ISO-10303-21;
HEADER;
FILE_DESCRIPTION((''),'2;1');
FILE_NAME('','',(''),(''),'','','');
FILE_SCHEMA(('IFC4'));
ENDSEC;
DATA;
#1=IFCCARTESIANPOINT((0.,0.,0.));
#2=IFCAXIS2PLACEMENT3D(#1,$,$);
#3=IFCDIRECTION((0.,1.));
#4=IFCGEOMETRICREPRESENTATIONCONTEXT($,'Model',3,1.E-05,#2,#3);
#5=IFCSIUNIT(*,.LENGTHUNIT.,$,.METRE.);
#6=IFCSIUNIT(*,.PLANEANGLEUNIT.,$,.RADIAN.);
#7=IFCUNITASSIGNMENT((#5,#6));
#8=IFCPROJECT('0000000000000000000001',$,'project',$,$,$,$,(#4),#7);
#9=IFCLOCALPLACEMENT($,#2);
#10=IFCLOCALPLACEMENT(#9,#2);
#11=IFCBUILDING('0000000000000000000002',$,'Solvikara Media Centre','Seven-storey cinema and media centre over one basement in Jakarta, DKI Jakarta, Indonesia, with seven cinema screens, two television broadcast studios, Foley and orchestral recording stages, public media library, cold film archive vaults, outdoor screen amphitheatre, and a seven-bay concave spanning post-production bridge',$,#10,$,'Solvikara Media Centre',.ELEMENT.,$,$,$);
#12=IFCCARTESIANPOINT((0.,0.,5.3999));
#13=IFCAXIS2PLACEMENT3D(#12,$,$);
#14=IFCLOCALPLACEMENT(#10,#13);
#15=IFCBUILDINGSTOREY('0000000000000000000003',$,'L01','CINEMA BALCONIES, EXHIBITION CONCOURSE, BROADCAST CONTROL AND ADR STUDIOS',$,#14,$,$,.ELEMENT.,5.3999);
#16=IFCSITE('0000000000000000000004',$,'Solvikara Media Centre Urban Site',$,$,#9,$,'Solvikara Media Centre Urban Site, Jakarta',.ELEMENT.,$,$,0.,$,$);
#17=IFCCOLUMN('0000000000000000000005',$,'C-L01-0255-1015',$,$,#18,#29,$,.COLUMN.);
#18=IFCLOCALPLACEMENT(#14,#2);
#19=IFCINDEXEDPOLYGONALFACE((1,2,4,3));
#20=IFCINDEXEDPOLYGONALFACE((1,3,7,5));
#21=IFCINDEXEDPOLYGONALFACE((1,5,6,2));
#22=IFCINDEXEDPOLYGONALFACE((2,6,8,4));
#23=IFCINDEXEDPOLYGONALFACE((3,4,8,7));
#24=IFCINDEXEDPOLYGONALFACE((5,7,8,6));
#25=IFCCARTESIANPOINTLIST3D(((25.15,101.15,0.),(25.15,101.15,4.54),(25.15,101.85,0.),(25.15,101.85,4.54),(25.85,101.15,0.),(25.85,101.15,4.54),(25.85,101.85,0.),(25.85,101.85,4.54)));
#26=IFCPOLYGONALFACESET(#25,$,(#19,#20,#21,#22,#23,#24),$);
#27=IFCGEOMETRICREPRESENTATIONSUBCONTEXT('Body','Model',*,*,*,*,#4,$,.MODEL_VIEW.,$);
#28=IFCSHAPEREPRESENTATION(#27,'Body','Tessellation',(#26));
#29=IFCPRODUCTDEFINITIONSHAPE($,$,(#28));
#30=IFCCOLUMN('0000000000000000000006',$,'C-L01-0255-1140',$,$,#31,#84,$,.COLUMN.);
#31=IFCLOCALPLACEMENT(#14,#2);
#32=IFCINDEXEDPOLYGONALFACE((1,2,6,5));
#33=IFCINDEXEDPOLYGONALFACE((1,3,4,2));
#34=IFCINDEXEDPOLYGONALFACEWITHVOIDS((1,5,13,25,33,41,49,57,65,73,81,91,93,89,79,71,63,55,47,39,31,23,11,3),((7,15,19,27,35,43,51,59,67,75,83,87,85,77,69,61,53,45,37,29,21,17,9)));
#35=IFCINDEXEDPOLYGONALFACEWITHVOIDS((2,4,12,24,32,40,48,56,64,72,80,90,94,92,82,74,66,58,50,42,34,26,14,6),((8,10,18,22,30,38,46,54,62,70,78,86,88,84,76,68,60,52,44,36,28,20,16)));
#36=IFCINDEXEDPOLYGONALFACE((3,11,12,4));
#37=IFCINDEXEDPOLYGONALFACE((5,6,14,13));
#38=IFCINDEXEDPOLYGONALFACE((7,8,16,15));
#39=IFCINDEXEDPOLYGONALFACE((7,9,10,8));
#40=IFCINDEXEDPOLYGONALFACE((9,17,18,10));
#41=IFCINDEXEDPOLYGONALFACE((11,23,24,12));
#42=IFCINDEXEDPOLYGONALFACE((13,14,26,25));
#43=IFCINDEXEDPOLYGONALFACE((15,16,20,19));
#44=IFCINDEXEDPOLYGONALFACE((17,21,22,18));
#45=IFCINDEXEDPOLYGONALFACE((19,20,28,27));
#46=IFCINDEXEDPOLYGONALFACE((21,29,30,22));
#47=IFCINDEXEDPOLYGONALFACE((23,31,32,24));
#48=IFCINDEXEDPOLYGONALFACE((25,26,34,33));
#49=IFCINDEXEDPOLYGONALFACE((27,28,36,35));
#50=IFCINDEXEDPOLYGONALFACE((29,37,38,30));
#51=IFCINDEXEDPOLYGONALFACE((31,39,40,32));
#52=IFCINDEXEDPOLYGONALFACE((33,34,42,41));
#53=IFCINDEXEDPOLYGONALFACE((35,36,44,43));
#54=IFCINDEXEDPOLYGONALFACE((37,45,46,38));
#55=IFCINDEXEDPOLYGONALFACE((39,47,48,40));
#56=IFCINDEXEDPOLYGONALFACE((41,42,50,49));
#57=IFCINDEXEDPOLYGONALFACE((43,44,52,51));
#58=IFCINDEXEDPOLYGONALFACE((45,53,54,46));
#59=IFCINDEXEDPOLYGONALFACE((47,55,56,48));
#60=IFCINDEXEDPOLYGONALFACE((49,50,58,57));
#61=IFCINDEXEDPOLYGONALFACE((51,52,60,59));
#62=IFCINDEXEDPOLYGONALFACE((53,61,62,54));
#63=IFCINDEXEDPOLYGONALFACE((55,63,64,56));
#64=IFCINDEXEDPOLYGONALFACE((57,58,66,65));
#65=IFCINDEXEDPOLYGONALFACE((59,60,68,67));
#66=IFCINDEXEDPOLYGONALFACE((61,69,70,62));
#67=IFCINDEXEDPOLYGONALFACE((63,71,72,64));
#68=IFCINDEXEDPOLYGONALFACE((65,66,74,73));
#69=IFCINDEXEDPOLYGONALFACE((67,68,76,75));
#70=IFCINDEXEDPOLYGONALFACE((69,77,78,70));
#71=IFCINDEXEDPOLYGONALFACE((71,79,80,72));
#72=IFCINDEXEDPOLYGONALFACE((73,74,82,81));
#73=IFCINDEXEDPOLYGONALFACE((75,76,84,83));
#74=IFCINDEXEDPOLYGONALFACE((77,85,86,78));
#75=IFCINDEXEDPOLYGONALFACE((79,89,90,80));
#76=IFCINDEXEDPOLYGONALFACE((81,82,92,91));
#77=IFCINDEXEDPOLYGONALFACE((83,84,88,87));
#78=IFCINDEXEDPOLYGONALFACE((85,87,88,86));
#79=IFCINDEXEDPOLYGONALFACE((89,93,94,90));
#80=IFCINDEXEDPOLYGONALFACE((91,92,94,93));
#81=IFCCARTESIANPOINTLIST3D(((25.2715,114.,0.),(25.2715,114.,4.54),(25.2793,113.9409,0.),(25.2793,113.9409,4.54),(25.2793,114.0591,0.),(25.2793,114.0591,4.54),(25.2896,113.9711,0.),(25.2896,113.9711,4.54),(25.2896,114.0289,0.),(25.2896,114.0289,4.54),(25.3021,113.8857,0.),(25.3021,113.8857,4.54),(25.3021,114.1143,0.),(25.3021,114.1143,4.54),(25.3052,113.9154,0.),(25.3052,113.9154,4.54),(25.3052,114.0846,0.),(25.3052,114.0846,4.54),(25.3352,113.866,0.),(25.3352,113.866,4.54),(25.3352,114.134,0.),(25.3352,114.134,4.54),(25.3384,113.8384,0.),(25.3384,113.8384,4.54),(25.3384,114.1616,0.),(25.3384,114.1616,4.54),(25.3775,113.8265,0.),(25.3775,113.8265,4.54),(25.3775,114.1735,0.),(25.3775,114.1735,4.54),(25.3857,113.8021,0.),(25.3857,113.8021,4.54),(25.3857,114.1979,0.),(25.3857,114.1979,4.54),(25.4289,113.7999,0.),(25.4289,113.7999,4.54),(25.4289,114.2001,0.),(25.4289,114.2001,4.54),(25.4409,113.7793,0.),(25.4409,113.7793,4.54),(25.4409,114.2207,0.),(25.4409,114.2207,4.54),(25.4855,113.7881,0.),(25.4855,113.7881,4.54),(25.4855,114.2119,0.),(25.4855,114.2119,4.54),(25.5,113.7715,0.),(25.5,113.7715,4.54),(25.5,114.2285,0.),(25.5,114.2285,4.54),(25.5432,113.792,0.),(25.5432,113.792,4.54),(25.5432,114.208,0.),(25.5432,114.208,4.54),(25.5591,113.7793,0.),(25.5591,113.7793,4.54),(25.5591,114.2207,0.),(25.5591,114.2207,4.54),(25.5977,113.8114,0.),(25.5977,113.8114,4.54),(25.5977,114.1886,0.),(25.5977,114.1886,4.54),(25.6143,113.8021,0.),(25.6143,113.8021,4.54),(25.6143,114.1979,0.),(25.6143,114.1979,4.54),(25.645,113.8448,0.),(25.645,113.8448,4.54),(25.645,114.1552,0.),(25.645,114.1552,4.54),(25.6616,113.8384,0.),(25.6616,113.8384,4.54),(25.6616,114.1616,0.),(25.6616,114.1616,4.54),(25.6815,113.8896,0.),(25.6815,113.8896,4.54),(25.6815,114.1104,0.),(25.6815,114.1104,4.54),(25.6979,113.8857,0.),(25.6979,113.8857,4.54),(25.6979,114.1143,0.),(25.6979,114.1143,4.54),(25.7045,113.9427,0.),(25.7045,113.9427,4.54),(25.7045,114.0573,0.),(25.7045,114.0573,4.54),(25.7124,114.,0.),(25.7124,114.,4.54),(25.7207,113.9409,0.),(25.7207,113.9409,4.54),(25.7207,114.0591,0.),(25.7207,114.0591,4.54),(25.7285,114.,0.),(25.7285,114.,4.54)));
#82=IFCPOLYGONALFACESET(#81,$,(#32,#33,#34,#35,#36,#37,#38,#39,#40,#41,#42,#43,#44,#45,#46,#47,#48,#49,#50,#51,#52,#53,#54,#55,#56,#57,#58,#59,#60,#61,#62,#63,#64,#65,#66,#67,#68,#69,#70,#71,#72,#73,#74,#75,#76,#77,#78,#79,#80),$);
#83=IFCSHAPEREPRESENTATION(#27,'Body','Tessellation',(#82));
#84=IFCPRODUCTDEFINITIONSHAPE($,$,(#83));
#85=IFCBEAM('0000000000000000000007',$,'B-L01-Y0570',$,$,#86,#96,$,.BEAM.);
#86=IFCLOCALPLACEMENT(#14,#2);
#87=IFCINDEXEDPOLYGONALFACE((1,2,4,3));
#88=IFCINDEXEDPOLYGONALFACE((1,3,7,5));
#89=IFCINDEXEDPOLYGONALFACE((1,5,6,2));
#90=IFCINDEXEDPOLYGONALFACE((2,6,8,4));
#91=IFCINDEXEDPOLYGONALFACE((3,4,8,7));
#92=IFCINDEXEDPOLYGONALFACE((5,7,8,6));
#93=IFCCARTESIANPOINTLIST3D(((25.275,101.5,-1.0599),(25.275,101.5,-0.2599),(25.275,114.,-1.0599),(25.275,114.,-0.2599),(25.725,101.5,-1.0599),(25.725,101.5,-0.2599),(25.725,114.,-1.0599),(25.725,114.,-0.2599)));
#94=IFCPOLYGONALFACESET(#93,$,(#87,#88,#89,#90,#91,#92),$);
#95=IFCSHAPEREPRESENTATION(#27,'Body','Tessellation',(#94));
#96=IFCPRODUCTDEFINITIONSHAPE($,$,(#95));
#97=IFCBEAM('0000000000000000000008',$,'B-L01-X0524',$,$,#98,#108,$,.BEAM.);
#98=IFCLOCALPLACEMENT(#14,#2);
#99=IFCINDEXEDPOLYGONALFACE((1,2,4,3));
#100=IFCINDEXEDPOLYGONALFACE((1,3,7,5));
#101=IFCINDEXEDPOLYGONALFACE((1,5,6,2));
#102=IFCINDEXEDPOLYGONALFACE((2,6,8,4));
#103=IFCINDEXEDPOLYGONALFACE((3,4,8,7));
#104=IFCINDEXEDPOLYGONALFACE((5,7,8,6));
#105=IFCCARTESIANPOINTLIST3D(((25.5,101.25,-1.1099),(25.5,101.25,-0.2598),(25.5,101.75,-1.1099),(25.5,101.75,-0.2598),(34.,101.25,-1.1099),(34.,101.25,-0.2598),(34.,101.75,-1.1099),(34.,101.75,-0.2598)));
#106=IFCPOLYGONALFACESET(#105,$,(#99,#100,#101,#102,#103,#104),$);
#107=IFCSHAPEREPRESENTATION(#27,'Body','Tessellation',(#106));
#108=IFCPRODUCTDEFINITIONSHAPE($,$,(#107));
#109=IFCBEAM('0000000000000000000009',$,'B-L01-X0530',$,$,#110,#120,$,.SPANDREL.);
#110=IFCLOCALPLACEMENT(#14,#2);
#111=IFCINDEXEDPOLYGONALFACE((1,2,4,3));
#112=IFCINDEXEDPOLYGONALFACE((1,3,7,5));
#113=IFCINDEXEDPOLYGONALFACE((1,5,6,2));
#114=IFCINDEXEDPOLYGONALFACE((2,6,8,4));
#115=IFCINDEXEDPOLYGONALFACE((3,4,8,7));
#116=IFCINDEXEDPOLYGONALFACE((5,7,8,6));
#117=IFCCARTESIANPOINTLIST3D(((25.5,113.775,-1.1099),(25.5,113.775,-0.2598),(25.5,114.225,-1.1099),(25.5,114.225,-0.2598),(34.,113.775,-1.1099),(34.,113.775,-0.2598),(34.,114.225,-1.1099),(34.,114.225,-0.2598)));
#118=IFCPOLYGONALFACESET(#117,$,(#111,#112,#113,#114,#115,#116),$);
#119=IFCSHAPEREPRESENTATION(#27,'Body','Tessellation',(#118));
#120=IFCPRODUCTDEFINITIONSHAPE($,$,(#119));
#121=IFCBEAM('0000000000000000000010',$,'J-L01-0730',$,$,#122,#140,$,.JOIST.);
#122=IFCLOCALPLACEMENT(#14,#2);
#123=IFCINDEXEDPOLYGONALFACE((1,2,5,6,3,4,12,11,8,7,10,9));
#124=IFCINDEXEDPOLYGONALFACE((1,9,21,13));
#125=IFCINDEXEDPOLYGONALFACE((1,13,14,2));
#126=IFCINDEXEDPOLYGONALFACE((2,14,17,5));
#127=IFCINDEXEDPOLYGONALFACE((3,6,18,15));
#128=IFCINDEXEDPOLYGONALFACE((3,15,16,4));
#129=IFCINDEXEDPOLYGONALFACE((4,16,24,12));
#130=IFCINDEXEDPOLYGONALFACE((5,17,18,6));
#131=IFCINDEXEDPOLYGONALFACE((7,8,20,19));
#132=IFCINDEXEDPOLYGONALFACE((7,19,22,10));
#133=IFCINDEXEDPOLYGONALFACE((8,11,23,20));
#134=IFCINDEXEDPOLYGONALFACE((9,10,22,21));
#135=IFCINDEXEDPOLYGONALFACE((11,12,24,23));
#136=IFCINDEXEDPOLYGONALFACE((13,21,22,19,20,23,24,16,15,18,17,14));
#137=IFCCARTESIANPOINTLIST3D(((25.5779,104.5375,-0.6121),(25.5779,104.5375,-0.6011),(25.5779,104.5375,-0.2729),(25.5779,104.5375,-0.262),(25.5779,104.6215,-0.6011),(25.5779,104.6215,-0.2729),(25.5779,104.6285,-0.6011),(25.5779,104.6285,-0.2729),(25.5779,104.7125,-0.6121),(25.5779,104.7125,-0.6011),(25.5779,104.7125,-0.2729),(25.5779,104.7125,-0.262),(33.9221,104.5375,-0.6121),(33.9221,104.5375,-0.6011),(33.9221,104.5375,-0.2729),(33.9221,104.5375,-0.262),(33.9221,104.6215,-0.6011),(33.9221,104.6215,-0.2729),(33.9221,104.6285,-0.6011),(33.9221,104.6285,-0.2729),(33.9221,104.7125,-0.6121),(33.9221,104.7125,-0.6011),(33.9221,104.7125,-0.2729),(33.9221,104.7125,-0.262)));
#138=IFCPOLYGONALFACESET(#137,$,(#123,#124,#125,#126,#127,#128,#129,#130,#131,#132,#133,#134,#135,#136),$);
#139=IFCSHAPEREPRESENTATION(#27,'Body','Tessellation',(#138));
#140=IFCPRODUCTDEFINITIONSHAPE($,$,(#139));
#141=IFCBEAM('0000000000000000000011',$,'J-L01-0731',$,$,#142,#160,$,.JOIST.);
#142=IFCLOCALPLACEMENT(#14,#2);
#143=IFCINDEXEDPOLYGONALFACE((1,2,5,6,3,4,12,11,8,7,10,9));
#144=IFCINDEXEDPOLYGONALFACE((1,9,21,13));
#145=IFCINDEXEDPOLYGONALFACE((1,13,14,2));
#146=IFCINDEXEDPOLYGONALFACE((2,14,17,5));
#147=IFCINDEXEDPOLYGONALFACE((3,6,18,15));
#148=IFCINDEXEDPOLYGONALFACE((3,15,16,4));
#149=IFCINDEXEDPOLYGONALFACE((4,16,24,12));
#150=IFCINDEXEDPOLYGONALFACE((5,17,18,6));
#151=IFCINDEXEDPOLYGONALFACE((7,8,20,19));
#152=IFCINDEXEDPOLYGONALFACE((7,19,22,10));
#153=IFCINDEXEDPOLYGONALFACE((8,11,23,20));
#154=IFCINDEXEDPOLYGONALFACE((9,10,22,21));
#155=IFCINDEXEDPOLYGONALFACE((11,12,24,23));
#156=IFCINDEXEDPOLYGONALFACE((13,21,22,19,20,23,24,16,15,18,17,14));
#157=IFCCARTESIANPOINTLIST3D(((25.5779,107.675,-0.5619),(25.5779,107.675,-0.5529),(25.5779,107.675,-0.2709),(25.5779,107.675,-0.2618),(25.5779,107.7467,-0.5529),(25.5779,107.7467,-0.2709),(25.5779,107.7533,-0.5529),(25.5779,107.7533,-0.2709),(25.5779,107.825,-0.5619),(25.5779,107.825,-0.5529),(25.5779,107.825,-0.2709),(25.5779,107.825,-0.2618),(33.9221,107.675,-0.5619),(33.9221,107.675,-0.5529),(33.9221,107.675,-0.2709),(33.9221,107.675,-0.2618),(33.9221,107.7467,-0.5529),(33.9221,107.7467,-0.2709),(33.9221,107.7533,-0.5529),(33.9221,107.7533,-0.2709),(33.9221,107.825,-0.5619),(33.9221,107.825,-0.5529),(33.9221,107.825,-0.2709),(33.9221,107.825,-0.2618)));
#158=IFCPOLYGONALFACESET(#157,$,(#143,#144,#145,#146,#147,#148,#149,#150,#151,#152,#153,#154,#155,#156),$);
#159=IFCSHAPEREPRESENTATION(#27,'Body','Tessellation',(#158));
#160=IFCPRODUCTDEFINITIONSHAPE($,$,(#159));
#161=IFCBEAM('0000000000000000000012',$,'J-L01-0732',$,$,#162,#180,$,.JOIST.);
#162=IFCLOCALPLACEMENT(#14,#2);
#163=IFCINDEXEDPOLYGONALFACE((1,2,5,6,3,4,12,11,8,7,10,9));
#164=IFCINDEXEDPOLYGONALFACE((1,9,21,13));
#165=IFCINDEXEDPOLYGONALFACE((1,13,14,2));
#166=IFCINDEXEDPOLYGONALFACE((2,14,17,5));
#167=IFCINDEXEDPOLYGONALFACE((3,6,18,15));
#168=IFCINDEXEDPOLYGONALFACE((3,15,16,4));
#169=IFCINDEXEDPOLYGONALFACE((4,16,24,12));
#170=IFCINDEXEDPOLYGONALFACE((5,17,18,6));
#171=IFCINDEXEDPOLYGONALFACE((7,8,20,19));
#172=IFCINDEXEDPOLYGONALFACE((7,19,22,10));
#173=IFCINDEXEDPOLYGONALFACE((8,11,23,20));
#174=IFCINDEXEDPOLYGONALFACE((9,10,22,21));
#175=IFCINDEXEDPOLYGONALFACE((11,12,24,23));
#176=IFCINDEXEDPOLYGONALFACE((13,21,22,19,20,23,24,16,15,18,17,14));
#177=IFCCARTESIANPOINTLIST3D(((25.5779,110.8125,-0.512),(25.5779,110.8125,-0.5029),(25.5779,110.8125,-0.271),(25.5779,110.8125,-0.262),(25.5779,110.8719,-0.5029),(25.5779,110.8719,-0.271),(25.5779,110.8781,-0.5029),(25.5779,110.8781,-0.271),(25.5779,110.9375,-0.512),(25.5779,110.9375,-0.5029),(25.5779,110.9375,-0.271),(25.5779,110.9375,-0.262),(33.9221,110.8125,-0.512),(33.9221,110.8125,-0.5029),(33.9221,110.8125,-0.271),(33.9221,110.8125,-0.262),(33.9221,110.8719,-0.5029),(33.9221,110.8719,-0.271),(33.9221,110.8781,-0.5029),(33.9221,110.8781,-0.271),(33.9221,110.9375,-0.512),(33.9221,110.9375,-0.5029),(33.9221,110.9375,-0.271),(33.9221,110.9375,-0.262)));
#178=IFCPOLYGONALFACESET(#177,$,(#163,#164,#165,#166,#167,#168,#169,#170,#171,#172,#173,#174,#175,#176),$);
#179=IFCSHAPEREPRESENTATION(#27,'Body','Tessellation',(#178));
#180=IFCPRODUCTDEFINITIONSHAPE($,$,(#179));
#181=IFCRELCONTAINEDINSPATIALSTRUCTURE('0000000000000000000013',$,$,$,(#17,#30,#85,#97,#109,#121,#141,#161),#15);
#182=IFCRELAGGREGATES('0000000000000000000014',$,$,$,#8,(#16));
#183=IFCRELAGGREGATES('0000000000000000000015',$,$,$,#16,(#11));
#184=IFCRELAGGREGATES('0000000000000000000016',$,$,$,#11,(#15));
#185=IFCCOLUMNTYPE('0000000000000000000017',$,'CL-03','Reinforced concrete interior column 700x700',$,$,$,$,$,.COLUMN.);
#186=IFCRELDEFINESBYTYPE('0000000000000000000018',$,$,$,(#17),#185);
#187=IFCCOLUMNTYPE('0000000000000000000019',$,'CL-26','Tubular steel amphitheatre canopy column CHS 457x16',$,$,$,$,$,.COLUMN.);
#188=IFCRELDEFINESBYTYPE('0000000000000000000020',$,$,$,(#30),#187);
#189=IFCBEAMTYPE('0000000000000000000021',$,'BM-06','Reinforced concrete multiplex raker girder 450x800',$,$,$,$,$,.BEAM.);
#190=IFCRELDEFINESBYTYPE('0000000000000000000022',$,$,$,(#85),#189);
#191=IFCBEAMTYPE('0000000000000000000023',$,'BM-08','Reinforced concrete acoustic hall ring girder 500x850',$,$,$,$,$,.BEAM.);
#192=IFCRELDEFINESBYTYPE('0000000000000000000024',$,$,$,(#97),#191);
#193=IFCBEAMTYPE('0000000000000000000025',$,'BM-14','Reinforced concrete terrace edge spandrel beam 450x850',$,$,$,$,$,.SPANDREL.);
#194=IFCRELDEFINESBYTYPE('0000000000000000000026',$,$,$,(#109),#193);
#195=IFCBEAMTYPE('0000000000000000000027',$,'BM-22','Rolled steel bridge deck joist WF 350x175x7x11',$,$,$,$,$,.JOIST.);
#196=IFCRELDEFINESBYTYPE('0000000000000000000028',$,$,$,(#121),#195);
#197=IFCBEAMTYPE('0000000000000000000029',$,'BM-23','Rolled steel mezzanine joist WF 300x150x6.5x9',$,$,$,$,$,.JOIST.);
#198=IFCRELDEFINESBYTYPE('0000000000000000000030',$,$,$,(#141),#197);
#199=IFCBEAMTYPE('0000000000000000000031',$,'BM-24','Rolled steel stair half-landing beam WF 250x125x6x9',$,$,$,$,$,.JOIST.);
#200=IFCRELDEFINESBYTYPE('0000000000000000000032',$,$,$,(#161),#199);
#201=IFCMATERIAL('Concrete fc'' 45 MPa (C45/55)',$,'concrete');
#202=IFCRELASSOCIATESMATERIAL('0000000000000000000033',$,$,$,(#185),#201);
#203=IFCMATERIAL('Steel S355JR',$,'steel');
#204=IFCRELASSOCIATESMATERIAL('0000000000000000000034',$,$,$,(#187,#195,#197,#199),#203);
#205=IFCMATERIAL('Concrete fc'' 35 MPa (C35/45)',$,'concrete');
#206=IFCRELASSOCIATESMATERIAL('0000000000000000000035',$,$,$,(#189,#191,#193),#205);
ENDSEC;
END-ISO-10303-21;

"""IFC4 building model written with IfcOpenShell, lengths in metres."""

from ifc_helpers import new_model, si_unit, direction, frame, origin, origin_2d, place, context, subcontext, project, spatial, rectangle, hollow_circle, i_section, extrude, material, material_profile, profile_set, type_object, element, save


model = new_model("IFC4")

# Units and contexts
model_context = context("Model", 3, precision=1e-05, world=origin(), true_north=direction((0.0, 1.0)))
body_context = subcontext(model_context, "Body", "Model", "MODEL_VIEW")
ifc_project = project(units=[si_unit("LENGTHUNIT", "METRE"), si_unit("PLANEANGLEUNIT", "RADIAN")], contexts=[model_context])

# Site, building, storey
site_placement = place(None, origin())
site = spatial("IfcSite", under=ifc_project, at=site_placement, Name="Solvikara Media Centre Urban Site", LongName="Solvikara Media Centre Urban Site, Jakarta", CompositionType="ELEMENT", RefElevation=0.0)
building_placement = place(site_placement, origin())
building = spatial("IfcBuilding", under=site, at=building_placement, Name="Solvikara Media Centre", Description="Seven-storey cinema and media centre over one basement in Jakarta, DKI Jakarta, Indonesia, with seven cinema screens, two television broadcast studios, Foley and orchestral recording stages, public media library, cold film archive vaults, outdoor screen amphitheatre, and a seven-bay concave spanning post-production bridge", LongName="Solvikara Media Centre", CompositionType="ELEMENT")
storey_placement = place(building_placement, frame((0.0, 0.0, 5.3999)))
storey = spatial("IfcBuildingStorey", under=building, at=storey_placement, Name="L01", Description="CINEMA BALCONIES, EXHIBITION CONCOURSE, BROADCAST CONTROL AND ADR STUDIOS", CompositionType="ELEMENT", Elevation=5.3999)

# Columns
ifc_material_1 = material(Name="Concrete fc' 45 MPa (C45/55)", Category="concrete")
ifc_material_profile_1 = material_profile(ifc_material_1, rectangle(XDim=0.7, YDim=0.7, at=origin_2d()), Name="RC 700x700")
ifc_profile_set_1 = profile_set([ifc_material_profile_1], Name="Concrete fc' 45 MPa (C45/55)")
column_type_1 = type_object("IfcColumnType", Name="CL-03", Description="Reinforced concrete interior column 700x700", PredefinedType="COLUMN", material=ifc_profile_set_1)
column_1_placement = place(storey_placement, frame((25.5, 101.5, 0.0), z_axis=(0.0, 0.0, 1.0), x_axis=(1.0, 0.0, 0.0)))
element("IfcColumn", 1, at=column_1_placement, inside=storey, type_object=column_type_1, Name="C-L01-0255-1015", PredefinedType="COLUMN", context=body_context, shape_type="SweptSolid", body=[
    extrude(rectangle(XDim=0.7, YDim=0.7, at=origin_2d()), origin(), (0.0, 0.0, 1.0), 4.54),
])
ifc_material_2 = material(Name="Steel S355JR", Category="steel")
ifc_material_profile_2 = material_profile(ifc_material_2, hollow_circle(Radius=0.2285, WallThickness=0.0161, at=origin_2d()), Name="CHS 457x16")
ifc_profile_set_2 = profile_set([ifc_material_profile_2], Name="Steel S355JR")
column_type_2 = type_object("IfcColumnType", Name="CL-26", Description="Tubular steel amphitheatre canopy column CHS 457x16", PredefinedType="COLUMN", material=ifc_profile_set_2)
column_2_placement = place(storey_placement, frame((25.5, 114.0, 0.0), z_axis=(0.0, 0.0, 1.0), x_axis=(1.0, 0.0, 0.0)))
element("IfcColumn", 2, at=column_2_placement, inside=storey, type_object=column_type_2, Name="C-L01-0255-1140", PredefinedType="COLUMN", context=body_context, shape_type="SweptSolid", body=[
    extrude(hollow_circle(Radius=0.2285, WallThickness=0.0161, at=origin_2d()), origin(), (0.0, 0.0, 1.0), 4.54),
])

# Beams
ifc_material_3 = material(Name="Concrete fc' 35 MPa (C35/45)", Category="concrete")
ifc_material_profile_3 = material_profile(ifc_material_3, rectangle(XDim=0.45, YDim=0.8, at=origin_2d()), Name="RC 450x800")
ifc_profile_set_3 = profile_set([ifc_material_profile_3], Name="Concrete fc' 35 MPa (C35/45)")
beam_type_1 = type_object("IfcBeamType", Name="BM-06", Description="Reinforced concrete multiplex raker girder 450x800", PredefinedType="BEAM", material=ifc_profile_set_3)
beam_1_placement = place(storey_placement, frame((25.5, 101.5, -0.6599), z_axis=(0.0, 1.0, 0.0), x_axis=(-1.0, 0.0, 0.0)))
element("IfcBeam", 3, at=beam_1_placement, inside=storey, type_object=beam_type_1, Name="B-L01-Y0570", PredefinedType="BEAM", context=body_context, shape_type="SweptSolid", body=[
    extrude(rectangle(XDim=0.45, YDim=0.8, at=origin_2d()), origin(), (0.0, 0.0, 1.0), 12.5),
])
ifc_material_profile_4 = material_profile(ifc_material_3, rectangle(XDim=0.5, YDim=0.8501, at=origin_2d()), Name="RC 500x850")
ifc_profile_set_4 = profile_set([ifc_material_profile_4], Name="Concrete fc' 35 MPa (C35/45)")
beam_type_2 = type_object("IfcBeamType", Name="BM-08", Description="Reinforced concrete acoustic hall ring girder 500x850", PredefinedType="BEAM", material=ifc_profile_set_4)
beam_2_placement = place(storey_placement, frame((25.5, 101.5, -0.6848), z_axis=(1.0, 0.0, 0.0), x_axis=(0.0, 1.0, 0.0)))
element("IfcBeam", 4, at=beam_2_placement, inside=storey, type_object=beam_type_2, Name="B-L01-X0524", PredefinedType="BEAM", context=body_context, shape_type="SweptSolid", body=[
    extrude(rectangle(XDim=0.5, YDim=0.8501, at=origin_2d()), origin(), (0.0, 0.0, 1.0), 8.5),
])
ifc_material_profile_5 = material_profile(ifc_material_3, rectangle(XDim=0.45, YDim=0.8501, at=origin_2d()), Name="RC 450x850")
ifc_profile_set_5 = profile_set([ifc_material_profile_5], Name="Concrete fc' 35 MPa (C35/45)")
beam_type_3 = type_object("IfcBeamType", Name="BM-14", Description="Reinforced concrete terrace edge spandrel beam 450x850", PredefinedType="SPANDREL", material=ifc_profile_set_5)
beam_3_placement = place(storey_placement, frame((25.5, 114.0, -0.6848), z_axis=(1.0, 0.0, 0.0), x_axis=(0.0, 1.0, 0.0)))
element("IfcBeam", 5, at=beam_3_placement, inside=storey, type_object=beam_type_3, Name="B-L01-X0530", PredefinedType="SPANDREL", context=body_context, shape_type="SweptSolid", body=[
    extrude(rectangle(XDim=0.45, YDim=0.8501, at=origin_2d()), origin(), (0.0, 0.0, 1.0), 8.5),
])
ifc_material_profile_6 = material_profile(ifc_material_2, i_section(OverallWidth=0.175, OverallDepth=0.3501, WebThickness=0.0071, FlangeThickness=0.011, at=origin_2d()), Name="WF 350x175x7x11")
ifc_profile_set_6 = profile_set([ifc_material_profile_6], Name="Steel S355JR")
beam_type_4 = type_object("IfcBeamType", Name="BM-22", Description="Rolled steel bridge deck joist WF 350x175x7x11", PredefinedType="JOIST", material=ifc_profile_set_6)
beam_4_placement = place(storey_placement, frame((25.5779, 104.625, -0.437), z_axis=(1.0, 0.0, 0.0), x_axis=(0.0, 1.0, 0.0)))
element("IfcBeam", 6, at=beam_4_placement, inside=storey, type_object=beam_type_4, Name="J-L01-0730", PredefinedType="JOIST", context=body_context, shape_type="SweptSolid", body=[
    extrude(i_section(OverallWidth=0.175, OverallDepth=0.3501, WebThickness=0.0071, FlangeThickness=0.011, at=origin_2d()), origin(), (0.0, 0.0, 1.0), 8.3442),
])
ifc_material_profile_7 = material_profile(ifc_material_2, i_section(OverallWidth=0.1499, OverallDepth=0.3, WebThickness=0.0066, FlangeThickness=0.009, at=origin_2d()), Name="WF 300x150x6.5x9")
ifc_profile_set_7 = profile_set([ifc_material_profile_7], Name="Steel S355JR")
beam_type_5 = type_object("IfcBeamType", Name="BM-23", Description="Rolled steel mezzanine joist WF 300x150x6.5x9", PredefinedType="JOIST", material=ifc_profile_set_7)
beam_5_placement = place(storey_placement, frame((25.5779, 107.75, -0.4119), z_axis=(1.0, 0.0, 0.0), x_axis=(0.0, 1.0, 0.0)))
element("IfcBeam", 7, at=beam_5_placement, inside=storey, type_object=beam_type_5, Name="J-L01-0731", PredefinedType="JOIST", context=body_context, shape_type="SweptSolid", body=[
    extrude(i_section(OverallWidth=0.1499, OverallDepth=0.3, WebThickness=0.0066, FlangeThickness=0.009, at=origin_2d()), origin(), (0.0, 0.0, 1.0), 8.3442),
])
ifc_material_profile_8 = material_profile(ifc_material_2, i_section(OverallWidth=0.125, OverallDepth=0.25, WebThickness=0.0061, FlangeThickness=0.009, at=origin_2d()), Name="WF 250x125x6x9")
ifc_profile_set_8 = profile_set([ifc_material_profile_8], Name="Steel S355JR")
beam_type_6 = type_object("IfcBeamType", Name="BM-24", Description="Rolled steel stair half-landing beam WF 250x125x6x9", PredefinedType="JOIST", material=ifc_profile_set_8)
beam_6_placement = place(storey_placement, frame((25.5779, 110.875, -0.387), z_axis=(1.0, 0.0, 0.0), x_axis=(0.0, 1.0, 0.0)))
element("IfcBeam", 8, at=beam_6_placement, inside=storey, type_object=beam_type_6, Name="J-L01-0732", PredefinedType="JOIST", context=body_context, shape_type="SweptSolid", body=[
    extrude(i_section(OverallWidth=0.125, OverallDepth=0.25, WebThickness=0.0061, FlangeThickness=0.009, at=origin_2d()), origin(), (0.0, 0.0, 1.0), 8.3442),
])

save(model, "model.ifc")
